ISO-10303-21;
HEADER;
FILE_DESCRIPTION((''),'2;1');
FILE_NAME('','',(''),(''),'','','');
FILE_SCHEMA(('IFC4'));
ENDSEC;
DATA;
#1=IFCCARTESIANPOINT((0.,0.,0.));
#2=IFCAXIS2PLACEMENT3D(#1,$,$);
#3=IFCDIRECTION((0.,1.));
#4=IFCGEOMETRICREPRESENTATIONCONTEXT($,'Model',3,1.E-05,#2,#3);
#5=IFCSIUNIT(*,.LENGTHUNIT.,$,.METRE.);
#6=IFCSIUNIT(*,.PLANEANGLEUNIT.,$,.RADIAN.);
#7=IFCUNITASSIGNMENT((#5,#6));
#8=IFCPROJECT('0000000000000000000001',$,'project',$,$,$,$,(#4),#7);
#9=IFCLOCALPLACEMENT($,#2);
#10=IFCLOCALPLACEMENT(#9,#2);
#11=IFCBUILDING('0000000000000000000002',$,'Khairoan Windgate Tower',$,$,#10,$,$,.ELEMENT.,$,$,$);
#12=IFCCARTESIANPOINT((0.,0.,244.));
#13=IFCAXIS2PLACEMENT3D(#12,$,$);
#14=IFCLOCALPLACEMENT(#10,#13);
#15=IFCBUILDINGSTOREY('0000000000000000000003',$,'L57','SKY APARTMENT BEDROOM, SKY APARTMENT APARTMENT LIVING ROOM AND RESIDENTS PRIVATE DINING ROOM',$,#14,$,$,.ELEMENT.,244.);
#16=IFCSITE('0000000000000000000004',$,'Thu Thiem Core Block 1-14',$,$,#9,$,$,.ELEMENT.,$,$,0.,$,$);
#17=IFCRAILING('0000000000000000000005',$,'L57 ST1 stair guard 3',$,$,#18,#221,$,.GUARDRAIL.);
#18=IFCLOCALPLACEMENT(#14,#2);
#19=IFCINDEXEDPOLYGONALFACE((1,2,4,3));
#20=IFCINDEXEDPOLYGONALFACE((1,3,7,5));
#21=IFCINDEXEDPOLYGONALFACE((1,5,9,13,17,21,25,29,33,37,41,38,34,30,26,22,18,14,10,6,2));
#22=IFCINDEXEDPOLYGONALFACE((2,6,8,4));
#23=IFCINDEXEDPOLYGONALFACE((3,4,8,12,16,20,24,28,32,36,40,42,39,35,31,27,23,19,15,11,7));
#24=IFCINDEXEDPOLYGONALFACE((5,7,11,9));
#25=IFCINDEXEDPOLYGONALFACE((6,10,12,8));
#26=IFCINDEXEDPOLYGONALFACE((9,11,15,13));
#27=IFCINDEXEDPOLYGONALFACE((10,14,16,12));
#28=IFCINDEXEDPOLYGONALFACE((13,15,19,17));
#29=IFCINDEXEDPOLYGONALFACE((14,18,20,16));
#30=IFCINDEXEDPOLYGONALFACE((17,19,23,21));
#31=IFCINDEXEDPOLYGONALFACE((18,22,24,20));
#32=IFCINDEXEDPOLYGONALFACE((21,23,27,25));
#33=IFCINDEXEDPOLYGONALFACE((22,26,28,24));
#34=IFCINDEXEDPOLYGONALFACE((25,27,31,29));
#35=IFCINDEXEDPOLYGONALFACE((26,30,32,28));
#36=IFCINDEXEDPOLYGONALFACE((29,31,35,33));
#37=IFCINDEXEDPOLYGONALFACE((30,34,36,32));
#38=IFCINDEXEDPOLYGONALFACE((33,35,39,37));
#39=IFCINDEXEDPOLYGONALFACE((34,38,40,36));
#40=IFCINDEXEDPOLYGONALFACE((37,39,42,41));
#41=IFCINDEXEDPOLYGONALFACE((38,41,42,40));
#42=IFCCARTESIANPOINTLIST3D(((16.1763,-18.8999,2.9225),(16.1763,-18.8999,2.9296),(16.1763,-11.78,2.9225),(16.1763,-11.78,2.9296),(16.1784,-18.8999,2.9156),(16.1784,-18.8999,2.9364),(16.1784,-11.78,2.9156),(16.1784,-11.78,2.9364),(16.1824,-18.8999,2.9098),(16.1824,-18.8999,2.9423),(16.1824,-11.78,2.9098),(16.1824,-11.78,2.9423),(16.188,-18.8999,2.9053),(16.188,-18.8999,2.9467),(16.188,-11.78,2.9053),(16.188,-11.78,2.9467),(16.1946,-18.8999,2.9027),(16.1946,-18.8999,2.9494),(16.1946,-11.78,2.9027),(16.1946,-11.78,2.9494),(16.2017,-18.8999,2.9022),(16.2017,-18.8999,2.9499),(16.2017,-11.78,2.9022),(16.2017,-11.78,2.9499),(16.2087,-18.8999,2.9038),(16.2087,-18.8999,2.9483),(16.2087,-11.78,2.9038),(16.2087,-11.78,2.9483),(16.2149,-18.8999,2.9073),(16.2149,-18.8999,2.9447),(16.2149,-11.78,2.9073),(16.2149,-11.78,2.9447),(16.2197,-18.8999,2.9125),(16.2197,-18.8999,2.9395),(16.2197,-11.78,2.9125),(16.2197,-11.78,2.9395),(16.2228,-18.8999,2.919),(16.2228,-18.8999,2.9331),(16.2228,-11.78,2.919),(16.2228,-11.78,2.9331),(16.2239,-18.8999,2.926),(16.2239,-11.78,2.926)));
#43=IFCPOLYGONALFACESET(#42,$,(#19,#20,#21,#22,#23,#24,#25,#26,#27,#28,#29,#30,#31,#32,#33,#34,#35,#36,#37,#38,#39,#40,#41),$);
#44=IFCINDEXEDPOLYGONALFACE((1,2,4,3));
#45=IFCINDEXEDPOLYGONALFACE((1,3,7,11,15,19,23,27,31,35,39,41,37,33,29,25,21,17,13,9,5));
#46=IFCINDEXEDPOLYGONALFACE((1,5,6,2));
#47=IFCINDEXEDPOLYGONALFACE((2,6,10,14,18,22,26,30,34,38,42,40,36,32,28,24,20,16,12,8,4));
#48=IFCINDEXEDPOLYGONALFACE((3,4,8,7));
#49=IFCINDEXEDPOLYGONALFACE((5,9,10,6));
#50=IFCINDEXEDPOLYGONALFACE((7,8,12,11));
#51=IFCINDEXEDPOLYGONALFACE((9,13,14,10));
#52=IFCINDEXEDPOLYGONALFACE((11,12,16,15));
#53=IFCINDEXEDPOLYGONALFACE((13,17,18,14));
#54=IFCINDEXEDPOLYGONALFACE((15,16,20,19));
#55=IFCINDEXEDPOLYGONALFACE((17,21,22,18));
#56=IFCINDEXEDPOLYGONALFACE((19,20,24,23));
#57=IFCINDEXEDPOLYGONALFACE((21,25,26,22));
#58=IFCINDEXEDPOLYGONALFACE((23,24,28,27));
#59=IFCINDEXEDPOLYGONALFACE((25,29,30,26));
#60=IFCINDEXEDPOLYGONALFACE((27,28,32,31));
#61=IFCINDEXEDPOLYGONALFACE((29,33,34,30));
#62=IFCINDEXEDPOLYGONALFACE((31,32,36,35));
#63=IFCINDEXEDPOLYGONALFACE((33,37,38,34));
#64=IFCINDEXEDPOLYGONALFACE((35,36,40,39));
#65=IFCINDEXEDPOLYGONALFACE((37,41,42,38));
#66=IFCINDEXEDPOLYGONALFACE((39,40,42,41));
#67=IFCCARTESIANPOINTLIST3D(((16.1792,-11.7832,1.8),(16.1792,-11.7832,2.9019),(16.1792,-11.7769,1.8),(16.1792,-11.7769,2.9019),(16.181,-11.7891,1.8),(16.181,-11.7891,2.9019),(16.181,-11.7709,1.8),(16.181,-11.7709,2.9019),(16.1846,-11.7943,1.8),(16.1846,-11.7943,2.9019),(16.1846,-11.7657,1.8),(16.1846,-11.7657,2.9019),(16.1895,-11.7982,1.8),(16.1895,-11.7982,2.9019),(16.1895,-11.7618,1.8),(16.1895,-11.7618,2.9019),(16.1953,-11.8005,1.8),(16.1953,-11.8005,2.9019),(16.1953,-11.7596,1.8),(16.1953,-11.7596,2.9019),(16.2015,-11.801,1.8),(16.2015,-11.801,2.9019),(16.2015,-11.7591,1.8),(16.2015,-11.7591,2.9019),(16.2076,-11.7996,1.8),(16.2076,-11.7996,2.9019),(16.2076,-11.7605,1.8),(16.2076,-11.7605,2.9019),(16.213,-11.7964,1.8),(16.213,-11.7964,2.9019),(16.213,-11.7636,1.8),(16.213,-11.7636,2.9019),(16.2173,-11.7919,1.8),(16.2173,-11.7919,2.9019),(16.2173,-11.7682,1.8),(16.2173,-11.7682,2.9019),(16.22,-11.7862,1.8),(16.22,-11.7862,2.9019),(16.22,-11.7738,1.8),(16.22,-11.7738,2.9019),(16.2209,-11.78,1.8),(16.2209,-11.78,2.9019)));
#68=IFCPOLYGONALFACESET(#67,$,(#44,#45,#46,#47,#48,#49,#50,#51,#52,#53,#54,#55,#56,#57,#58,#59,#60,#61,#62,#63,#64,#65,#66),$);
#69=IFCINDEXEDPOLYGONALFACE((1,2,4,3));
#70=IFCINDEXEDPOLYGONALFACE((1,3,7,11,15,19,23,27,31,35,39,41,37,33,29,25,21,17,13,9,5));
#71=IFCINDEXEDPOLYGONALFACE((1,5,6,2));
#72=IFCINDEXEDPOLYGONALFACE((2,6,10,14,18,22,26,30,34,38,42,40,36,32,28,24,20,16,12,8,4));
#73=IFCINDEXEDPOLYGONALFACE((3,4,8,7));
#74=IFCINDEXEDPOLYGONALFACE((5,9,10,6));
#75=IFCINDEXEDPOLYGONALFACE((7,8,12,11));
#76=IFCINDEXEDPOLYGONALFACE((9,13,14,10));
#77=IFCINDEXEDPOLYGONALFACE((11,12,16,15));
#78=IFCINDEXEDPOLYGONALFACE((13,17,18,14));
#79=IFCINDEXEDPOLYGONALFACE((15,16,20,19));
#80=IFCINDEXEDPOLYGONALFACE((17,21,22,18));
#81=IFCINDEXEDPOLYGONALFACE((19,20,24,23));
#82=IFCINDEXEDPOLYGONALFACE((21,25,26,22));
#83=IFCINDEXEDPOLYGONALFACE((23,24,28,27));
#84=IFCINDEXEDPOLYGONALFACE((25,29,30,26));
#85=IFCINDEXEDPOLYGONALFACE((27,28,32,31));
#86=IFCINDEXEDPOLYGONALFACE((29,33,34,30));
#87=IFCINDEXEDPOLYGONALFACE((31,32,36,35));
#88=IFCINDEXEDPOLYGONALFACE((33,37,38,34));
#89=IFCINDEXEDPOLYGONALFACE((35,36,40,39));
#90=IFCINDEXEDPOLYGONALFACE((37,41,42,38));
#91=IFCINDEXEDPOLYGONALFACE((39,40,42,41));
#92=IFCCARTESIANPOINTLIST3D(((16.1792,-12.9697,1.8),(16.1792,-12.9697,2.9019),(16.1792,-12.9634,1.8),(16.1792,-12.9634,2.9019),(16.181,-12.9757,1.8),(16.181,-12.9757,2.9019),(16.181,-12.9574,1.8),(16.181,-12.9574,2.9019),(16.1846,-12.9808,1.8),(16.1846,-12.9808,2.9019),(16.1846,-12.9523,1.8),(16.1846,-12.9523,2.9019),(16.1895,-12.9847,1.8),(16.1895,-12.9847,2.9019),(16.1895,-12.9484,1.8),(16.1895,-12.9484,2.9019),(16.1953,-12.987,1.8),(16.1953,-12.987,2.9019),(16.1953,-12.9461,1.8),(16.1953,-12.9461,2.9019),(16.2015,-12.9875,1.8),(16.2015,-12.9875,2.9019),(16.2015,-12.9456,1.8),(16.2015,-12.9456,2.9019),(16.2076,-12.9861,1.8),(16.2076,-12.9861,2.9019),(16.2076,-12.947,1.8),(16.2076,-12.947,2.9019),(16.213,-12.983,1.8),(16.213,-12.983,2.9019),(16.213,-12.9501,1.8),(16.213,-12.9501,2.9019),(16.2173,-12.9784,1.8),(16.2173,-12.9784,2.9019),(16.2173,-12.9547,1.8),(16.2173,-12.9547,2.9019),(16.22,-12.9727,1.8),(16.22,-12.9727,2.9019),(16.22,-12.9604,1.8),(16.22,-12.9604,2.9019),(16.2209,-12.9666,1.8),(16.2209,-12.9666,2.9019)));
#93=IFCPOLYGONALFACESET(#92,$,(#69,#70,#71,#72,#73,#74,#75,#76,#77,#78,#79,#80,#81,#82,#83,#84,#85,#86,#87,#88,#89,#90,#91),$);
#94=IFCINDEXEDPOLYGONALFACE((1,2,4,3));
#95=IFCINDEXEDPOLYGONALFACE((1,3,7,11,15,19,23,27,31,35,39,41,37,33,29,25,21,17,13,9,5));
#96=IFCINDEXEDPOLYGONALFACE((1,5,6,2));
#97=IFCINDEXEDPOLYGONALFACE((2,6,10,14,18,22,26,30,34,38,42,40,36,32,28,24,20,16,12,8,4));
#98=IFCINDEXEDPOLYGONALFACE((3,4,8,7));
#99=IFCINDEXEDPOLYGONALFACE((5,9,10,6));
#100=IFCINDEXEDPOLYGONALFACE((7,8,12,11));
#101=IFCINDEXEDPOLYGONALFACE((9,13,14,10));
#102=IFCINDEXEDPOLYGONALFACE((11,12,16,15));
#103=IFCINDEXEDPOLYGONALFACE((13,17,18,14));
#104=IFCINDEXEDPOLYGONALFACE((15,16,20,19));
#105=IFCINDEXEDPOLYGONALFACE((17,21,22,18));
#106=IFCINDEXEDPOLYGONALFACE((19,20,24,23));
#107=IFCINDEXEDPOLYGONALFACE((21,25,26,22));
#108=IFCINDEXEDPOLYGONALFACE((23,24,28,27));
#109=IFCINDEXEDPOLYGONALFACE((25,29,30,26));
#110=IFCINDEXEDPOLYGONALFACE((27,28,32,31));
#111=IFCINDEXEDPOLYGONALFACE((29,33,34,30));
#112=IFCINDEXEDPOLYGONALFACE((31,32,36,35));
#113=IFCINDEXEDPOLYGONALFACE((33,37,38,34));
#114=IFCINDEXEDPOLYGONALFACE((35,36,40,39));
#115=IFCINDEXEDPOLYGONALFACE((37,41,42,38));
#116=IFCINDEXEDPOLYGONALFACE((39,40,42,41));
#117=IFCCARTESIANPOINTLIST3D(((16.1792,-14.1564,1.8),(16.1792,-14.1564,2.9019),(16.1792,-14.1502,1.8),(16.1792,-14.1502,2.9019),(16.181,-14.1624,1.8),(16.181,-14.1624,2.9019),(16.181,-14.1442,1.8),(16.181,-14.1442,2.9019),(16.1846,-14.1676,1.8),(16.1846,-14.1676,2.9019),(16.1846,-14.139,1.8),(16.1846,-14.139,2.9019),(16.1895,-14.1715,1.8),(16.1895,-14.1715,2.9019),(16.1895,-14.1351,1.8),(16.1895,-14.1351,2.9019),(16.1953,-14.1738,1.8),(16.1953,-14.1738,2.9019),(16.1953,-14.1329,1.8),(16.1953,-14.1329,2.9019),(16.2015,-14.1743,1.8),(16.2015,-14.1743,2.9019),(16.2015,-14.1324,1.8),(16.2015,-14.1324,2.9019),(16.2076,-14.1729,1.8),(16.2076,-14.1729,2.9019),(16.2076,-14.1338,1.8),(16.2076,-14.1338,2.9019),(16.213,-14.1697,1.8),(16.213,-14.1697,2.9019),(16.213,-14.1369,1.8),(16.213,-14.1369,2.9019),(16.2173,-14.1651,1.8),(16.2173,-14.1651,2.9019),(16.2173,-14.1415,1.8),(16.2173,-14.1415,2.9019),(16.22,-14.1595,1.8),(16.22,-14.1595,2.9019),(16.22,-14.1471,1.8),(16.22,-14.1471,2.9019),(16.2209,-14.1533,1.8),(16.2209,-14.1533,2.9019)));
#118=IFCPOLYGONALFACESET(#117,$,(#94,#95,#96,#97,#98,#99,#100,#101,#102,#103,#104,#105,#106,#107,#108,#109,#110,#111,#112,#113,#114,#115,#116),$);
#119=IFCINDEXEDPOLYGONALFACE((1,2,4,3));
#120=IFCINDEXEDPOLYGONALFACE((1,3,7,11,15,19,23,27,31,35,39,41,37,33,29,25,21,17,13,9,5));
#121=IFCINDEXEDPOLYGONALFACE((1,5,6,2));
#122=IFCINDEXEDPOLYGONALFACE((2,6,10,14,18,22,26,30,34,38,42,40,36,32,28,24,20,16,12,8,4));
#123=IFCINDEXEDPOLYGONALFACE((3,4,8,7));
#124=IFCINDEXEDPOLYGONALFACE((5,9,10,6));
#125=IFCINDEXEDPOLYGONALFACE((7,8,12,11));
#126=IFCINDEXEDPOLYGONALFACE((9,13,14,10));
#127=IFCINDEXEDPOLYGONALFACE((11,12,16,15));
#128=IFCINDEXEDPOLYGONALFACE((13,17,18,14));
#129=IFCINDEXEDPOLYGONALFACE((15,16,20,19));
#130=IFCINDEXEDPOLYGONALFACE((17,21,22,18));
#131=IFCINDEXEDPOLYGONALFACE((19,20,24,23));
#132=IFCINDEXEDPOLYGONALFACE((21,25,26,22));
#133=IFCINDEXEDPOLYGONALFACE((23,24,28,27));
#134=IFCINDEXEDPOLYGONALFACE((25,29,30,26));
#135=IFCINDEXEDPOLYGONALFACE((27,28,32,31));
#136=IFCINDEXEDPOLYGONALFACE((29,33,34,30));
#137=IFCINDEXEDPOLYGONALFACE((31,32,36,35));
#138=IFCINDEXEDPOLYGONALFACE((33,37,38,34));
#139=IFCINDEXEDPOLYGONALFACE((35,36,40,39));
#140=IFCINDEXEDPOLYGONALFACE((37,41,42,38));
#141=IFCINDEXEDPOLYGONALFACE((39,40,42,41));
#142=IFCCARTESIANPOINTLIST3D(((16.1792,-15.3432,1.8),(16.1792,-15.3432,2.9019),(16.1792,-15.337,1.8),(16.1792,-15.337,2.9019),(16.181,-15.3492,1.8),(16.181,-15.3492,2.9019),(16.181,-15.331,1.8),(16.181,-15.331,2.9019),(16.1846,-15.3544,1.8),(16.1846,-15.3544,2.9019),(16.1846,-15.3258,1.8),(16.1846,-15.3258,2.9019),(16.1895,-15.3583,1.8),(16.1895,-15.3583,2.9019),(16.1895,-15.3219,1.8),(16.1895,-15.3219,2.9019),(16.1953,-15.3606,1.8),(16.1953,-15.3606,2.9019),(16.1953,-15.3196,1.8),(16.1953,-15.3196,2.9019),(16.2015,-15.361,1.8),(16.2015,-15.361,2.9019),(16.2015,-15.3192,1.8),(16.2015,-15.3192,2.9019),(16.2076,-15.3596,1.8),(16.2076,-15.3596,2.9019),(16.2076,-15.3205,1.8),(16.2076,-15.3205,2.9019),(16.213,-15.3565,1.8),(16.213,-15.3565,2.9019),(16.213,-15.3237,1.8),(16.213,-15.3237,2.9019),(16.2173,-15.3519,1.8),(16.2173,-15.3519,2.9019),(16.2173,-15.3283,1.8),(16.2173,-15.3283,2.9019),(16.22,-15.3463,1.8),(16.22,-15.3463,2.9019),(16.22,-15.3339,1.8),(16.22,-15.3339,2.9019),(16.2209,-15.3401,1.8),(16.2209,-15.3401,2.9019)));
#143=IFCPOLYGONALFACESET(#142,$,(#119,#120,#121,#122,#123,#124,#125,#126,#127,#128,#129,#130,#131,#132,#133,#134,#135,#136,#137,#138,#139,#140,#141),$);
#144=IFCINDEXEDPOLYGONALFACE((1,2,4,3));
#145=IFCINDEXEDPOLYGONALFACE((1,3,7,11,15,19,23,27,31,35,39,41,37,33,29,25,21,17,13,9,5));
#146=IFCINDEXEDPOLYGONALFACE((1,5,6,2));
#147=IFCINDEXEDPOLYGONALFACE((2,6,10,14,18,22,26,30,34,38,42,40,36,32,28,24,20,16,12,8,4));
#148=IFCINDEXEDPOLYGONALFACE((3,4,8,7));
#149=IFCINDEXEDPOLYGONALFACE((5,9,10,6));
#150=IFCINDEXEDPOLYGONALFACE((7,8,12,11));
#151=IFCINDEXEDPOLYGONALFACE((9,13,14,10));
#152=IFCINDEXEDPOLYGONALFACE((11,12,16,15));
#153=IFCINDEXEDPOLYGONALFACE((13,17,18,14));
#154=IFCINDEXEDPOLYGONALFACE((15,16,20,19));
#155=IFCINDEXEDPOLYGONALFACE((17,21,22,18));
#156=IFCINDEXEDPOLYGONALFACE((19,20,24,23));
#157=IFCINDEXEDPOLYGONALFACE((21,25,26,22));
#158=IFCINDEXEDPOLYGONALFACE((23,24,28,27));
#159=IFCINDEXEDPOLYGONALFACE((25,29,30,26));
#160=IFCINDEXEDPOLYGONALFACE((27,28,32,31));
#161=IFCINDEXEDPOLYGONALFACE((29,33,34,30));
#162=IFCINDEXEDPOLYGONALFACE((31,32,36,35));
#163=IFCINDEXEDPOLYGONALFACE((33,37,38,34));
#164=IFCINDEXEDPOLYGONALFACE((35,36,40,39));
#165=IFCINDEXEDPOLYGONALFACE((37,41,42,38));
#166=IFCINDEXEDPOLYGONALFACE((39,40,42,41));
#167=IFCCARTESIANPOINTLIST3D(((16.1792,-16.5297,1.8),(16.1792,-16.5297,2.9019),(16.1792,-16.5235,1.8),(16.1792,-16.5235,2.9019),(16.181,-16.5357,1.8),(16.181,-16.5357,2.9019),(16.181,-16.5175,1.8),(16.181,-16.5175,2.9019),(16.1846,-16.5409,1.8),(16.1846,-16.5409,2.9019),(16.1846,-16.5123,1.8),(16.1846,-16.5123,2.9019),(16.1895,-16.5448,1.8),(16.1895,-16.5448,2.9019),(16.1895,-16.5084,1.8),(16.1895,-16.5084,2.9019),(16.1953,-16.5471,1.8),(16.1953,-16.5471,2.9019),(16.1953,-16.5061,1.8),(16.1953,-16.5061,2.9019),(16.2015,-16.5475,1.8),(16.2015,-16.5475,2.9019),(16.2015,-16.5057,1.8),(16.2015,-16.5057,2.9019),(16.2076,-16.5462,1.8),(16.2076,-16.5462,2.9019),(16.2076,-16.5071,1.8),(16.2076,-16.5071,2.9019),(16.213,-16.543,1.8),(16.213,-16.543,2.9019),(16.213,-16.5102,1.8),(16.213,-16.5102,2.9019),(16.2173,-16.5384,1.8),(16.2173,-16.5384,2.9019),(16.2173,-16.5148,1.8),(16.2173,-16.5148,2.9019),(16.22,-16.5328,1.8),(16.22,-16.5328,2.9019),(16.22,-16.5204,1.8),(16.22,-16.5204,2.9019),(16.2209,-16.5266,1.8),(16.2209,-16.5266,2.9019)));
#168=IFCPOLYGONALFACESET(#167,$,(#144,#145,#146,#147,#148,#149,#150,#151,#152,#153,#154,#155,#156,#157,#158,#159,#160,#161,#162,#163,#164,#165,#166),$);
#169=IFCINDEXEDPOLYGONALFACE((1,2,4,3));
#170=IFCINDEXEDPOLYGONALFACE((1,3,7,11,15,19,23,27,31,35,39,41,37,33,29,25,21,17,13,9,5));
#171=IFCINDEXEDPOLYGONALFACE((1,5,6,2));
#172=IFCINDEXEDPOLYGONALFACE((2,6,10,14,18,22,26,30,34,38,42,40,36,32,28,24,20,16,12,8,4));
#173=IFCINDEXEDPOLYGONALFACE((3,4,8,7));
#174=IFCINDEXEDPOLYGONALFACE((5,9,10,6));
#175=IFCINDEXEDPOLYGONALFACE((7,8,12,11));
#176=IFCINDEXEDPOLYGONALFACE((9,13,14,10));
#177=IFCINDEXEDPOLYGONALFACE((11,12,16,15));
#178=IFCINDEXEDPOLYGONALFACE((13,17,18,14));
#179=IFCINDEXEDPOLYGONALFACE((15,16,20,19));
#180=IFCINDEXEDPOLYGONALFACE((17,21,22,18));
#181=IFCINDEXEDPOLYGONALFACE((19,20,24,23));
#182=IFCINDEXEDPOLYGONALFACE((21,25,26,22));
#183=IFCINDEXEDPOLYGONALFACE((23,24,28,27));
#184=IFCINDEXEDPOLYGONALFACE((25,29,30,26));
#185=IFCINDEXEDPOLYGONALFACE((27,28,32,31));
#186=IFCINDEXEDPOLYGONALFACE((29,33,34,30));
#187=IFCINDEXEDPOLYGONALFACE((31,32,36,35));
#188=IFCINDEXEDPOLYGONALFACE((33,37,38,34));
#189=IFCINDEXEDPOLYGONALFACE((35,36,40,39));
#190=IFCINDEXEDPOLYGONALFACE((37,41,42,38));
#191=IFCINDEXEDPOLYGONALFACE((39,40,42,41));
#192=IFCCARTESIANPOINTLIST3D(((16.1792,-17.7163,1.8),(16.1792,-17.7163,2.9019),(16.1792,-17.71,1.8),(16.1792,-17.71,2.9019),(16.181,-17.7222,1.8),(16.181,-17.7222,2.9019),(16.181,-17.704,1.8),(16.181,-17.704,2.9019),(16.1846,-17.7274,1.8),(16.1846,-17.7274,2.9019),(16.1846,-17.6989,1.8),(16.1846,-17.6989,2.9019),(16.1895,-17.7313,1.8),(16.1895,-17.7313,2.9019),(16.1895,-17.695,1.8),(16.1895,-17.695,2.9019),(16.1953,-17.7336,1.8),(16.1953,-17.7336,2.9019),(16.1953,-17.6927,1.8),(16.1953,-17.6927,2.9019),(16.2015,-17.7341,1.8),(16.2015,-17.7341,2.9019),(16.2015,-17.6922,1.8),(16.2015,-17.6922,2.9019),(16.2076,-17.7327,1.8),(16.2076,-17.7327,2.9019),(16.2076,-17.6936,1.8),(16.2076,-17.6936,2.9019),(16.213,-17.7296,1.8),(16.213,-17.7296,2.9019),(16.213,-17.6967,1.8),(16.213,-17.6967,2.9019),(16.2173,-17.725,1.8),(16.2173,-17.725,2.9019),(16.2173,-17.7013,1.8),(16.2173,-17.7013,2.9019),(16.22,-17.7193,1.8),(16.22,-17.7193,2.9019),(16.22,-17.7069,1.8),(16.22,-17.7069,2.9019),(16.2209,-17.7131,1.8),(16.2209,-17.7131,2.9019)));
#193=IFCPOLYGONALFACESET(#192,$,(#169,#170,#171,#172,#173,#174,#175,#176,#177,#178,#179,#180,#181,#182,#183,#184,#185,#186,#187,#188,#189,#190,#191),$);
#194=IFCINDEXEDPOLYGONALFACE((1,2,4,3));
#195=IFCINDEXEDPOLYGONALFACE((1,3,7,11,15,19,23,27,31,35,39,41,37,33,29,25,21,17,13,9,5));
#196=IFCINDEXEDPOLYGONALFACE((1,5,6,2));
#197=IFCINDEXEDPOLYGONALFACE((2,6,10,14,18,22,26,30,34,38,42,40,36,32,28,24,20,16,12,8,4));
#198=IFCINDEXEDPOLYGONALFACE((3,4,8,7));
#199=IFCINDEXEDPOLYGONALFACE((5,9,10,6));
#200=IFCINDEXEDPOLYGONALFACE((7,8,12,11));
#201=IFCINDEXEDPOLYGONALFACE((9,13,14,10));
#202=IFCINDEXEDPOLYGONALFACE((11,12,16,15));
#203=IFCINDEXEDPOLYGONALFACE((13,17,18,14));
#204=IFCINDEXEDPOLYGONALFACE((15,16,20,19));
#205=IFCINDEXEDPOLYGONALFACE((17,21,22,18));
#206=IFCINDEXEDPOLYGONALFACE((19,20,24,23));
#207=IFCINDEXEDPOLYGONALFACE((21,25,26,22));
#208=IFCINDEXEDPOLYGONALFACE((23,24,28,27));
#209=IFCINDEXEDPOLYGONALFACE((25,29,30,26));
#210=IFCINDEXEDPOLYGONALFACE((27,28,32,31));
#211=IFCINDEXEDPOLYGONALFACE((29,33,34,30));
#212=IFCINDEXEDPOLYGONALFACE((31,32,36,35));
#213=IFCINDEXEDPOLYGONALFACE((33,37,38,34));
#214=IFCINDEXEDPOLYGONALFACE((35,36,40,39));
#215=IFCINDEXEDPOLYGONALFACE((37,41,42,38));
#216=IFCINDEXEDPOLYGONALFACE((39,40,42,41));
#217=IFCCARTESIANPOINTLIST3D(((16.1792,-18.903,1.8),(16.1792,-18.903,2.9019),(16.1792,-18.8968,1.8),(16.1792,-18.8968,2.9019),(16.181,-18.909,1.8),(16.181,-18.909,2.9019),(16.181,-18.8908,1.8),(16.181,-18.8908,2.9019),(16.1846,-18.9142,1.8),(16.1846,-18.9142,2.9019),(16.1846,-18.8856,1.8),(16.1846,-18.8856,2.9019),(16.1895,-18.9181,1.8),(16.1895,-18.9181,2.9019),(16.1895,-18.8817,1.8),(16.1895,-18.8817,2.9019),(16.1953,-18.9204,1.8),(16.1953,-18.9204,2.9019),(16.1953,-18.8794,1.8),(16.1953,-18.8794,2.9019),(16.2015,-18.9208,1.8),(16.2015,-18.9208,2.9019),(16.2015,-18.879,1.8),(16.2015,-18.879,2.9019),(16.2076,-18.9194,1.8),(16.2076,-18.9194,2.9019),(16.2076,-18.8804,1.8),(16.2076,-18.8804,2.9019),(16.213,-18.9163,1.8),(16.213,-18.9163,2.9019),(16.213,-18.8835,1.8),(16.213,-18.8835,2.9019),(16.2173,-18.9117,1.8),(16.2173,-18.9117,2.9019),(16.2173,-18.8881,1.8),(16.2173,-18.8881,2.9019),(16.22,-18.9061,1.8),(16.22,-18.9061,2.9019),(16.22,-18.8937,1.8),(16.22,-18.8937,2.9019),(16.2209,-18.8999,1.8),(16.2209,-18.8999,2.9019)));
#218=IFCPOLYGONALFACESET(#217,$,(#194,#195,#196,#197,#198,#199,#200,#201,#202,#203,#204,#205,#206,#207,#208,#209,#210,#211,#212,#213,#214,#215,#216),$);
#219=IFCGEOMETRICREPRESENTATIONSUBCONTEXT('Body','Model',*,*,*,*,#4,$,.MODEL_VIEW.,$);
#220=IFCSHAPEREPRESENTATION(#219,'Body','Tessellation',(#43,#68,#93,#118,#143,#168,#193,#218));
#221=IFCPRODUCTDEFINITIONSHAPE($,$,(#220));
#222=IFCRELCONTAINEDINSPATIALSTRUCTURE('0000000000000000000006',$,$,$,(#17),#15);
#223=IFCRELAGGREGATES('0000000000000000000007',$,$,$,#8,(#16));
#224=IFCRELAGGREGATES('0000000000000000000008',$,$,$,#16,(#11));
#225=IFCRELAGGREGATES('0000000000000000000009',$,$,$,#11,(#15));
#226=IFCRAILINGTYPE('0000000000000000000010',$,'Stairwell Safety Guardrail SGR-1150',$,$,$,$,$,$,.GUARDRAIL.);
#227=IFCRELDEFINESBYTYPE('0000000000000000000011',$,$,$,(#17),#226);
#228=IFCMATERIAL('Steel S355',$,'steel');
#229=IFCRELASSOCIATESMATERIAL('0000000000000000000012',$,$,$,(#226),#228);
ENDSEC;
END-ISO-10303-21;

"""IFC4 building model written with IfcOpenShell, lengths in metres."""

from ifc_helpers import new_model, si_unit, direction, frame, origin, origin_2d, place, context, subcontext, project, spatial, circle, extrude, material, type_object, element, save


model = new_model("IFC4")

# Units and contexts
model_context = context("Model", 3, precision=1e-05, world=origin(), true_north=direction((0.0, 1.0)))
body_context = subcontext(model_context, "Body", "Model", "MODEL_VIEW")
ifc_project = project(units=[si_unit("LENGTHUNIT", "METRE"), si_unit("PLANEANGLEUNIT", "RADIAN")], contexts=[model_context])

# Site, building, storey
site_placement = place(None, origin())
site = spatial("IfcSite", under=ifc_project, at=site_placement, Name="Thu Thiem Core Block 1-14", CompositionType="ELEMENT", RefElevation=0.0)
building_placement = place(site_placement, origin())
building = spatial("IfcBuilding", under=site, at=building_placement, Name="Khairoan Windgate Tower", CompositionType="ELEMENT")
storey_placement = place(building_placement, frame((0.0, 0.0, 244.0)))
storey = spatial("IfcBuildingStorey", under=building, at=storey_placement, Name="L57", Description="SKY APARTMENT BEDROOM, SKY APARTMENT APARTMENT LIVING ROOM AND RESIDENTS PRIVATE DINING ROOM", CompositionType="ELEMENT", Elevation=244.0)

# Railing
ifc_material_1 = material(Name="Steel S355", Category="steel")
railing_type_1 = type_object("IfcRailingType", Name="Stairwell Safety Guardrail SGR-1150", PredefinedType="GUARDRAIL", material=ifc_material_1)
railing_1_placement = place(storey_placement, frame((16.2, -11.78, 1.8)))
element("IfcRailing", 1, at=railing_1_placement, inside=storey, type_object=railing_type_1, Name="L57 ST1 stair guard 3", PredefinedType="GUARDRAIL", context=body_context, shape_type="SweptSolid", body=[
    extrude(circle(Radius=0.0239, at=origin_2d()), frame((0.0, 0.0, 1.126), z_axis=(0.0, -1.0, 0.0), x_axis=(1.0, 0.0, 0.0)), (0.0, 0.0, 1.0), 7.1199),
    extrude(circle(Radius=0.021, at=origin_2d()), origin(), (0.0, 0.0, 1.0), 1.1018),
    extrude(circle(Radius=0.021, at=origin_2d()), frame((0.0, -1.1865, 0.0)), (0.0, 0.0, 1.0), 1.1018),
    extrude(circle(Radius=0.021, at=origin_2d()), frame((0.0, -2.3733, 0.0)), (0.0, 0.0, 1.0), 1.1018),
    extrude(circle(Radius=0.021, at=origin_2d()), frame((0.0, -3.5601, 0.0)), (0.0, 0.0, 1.0), 1.1018),
    extrude(circle(Radius=0.021, at=origin_2d()), frame((0.0, -4.7466, 0.0)), (0.0, 0.0, 1.0), 1.1018),
    extrude(circle(Radius=0.021, at=origin_2d()), frame((0.0, -5.9331, 0.0)), (0.0, 0.0, 1.0), 1.1018),
    extrude(circle(Radius=0.021, at=origin_2d()), frame((0.0, -7.1199, 0.0)), (0.0, 0.0, 1.0), 1.1018),
])

save(model, "model.ifc")
